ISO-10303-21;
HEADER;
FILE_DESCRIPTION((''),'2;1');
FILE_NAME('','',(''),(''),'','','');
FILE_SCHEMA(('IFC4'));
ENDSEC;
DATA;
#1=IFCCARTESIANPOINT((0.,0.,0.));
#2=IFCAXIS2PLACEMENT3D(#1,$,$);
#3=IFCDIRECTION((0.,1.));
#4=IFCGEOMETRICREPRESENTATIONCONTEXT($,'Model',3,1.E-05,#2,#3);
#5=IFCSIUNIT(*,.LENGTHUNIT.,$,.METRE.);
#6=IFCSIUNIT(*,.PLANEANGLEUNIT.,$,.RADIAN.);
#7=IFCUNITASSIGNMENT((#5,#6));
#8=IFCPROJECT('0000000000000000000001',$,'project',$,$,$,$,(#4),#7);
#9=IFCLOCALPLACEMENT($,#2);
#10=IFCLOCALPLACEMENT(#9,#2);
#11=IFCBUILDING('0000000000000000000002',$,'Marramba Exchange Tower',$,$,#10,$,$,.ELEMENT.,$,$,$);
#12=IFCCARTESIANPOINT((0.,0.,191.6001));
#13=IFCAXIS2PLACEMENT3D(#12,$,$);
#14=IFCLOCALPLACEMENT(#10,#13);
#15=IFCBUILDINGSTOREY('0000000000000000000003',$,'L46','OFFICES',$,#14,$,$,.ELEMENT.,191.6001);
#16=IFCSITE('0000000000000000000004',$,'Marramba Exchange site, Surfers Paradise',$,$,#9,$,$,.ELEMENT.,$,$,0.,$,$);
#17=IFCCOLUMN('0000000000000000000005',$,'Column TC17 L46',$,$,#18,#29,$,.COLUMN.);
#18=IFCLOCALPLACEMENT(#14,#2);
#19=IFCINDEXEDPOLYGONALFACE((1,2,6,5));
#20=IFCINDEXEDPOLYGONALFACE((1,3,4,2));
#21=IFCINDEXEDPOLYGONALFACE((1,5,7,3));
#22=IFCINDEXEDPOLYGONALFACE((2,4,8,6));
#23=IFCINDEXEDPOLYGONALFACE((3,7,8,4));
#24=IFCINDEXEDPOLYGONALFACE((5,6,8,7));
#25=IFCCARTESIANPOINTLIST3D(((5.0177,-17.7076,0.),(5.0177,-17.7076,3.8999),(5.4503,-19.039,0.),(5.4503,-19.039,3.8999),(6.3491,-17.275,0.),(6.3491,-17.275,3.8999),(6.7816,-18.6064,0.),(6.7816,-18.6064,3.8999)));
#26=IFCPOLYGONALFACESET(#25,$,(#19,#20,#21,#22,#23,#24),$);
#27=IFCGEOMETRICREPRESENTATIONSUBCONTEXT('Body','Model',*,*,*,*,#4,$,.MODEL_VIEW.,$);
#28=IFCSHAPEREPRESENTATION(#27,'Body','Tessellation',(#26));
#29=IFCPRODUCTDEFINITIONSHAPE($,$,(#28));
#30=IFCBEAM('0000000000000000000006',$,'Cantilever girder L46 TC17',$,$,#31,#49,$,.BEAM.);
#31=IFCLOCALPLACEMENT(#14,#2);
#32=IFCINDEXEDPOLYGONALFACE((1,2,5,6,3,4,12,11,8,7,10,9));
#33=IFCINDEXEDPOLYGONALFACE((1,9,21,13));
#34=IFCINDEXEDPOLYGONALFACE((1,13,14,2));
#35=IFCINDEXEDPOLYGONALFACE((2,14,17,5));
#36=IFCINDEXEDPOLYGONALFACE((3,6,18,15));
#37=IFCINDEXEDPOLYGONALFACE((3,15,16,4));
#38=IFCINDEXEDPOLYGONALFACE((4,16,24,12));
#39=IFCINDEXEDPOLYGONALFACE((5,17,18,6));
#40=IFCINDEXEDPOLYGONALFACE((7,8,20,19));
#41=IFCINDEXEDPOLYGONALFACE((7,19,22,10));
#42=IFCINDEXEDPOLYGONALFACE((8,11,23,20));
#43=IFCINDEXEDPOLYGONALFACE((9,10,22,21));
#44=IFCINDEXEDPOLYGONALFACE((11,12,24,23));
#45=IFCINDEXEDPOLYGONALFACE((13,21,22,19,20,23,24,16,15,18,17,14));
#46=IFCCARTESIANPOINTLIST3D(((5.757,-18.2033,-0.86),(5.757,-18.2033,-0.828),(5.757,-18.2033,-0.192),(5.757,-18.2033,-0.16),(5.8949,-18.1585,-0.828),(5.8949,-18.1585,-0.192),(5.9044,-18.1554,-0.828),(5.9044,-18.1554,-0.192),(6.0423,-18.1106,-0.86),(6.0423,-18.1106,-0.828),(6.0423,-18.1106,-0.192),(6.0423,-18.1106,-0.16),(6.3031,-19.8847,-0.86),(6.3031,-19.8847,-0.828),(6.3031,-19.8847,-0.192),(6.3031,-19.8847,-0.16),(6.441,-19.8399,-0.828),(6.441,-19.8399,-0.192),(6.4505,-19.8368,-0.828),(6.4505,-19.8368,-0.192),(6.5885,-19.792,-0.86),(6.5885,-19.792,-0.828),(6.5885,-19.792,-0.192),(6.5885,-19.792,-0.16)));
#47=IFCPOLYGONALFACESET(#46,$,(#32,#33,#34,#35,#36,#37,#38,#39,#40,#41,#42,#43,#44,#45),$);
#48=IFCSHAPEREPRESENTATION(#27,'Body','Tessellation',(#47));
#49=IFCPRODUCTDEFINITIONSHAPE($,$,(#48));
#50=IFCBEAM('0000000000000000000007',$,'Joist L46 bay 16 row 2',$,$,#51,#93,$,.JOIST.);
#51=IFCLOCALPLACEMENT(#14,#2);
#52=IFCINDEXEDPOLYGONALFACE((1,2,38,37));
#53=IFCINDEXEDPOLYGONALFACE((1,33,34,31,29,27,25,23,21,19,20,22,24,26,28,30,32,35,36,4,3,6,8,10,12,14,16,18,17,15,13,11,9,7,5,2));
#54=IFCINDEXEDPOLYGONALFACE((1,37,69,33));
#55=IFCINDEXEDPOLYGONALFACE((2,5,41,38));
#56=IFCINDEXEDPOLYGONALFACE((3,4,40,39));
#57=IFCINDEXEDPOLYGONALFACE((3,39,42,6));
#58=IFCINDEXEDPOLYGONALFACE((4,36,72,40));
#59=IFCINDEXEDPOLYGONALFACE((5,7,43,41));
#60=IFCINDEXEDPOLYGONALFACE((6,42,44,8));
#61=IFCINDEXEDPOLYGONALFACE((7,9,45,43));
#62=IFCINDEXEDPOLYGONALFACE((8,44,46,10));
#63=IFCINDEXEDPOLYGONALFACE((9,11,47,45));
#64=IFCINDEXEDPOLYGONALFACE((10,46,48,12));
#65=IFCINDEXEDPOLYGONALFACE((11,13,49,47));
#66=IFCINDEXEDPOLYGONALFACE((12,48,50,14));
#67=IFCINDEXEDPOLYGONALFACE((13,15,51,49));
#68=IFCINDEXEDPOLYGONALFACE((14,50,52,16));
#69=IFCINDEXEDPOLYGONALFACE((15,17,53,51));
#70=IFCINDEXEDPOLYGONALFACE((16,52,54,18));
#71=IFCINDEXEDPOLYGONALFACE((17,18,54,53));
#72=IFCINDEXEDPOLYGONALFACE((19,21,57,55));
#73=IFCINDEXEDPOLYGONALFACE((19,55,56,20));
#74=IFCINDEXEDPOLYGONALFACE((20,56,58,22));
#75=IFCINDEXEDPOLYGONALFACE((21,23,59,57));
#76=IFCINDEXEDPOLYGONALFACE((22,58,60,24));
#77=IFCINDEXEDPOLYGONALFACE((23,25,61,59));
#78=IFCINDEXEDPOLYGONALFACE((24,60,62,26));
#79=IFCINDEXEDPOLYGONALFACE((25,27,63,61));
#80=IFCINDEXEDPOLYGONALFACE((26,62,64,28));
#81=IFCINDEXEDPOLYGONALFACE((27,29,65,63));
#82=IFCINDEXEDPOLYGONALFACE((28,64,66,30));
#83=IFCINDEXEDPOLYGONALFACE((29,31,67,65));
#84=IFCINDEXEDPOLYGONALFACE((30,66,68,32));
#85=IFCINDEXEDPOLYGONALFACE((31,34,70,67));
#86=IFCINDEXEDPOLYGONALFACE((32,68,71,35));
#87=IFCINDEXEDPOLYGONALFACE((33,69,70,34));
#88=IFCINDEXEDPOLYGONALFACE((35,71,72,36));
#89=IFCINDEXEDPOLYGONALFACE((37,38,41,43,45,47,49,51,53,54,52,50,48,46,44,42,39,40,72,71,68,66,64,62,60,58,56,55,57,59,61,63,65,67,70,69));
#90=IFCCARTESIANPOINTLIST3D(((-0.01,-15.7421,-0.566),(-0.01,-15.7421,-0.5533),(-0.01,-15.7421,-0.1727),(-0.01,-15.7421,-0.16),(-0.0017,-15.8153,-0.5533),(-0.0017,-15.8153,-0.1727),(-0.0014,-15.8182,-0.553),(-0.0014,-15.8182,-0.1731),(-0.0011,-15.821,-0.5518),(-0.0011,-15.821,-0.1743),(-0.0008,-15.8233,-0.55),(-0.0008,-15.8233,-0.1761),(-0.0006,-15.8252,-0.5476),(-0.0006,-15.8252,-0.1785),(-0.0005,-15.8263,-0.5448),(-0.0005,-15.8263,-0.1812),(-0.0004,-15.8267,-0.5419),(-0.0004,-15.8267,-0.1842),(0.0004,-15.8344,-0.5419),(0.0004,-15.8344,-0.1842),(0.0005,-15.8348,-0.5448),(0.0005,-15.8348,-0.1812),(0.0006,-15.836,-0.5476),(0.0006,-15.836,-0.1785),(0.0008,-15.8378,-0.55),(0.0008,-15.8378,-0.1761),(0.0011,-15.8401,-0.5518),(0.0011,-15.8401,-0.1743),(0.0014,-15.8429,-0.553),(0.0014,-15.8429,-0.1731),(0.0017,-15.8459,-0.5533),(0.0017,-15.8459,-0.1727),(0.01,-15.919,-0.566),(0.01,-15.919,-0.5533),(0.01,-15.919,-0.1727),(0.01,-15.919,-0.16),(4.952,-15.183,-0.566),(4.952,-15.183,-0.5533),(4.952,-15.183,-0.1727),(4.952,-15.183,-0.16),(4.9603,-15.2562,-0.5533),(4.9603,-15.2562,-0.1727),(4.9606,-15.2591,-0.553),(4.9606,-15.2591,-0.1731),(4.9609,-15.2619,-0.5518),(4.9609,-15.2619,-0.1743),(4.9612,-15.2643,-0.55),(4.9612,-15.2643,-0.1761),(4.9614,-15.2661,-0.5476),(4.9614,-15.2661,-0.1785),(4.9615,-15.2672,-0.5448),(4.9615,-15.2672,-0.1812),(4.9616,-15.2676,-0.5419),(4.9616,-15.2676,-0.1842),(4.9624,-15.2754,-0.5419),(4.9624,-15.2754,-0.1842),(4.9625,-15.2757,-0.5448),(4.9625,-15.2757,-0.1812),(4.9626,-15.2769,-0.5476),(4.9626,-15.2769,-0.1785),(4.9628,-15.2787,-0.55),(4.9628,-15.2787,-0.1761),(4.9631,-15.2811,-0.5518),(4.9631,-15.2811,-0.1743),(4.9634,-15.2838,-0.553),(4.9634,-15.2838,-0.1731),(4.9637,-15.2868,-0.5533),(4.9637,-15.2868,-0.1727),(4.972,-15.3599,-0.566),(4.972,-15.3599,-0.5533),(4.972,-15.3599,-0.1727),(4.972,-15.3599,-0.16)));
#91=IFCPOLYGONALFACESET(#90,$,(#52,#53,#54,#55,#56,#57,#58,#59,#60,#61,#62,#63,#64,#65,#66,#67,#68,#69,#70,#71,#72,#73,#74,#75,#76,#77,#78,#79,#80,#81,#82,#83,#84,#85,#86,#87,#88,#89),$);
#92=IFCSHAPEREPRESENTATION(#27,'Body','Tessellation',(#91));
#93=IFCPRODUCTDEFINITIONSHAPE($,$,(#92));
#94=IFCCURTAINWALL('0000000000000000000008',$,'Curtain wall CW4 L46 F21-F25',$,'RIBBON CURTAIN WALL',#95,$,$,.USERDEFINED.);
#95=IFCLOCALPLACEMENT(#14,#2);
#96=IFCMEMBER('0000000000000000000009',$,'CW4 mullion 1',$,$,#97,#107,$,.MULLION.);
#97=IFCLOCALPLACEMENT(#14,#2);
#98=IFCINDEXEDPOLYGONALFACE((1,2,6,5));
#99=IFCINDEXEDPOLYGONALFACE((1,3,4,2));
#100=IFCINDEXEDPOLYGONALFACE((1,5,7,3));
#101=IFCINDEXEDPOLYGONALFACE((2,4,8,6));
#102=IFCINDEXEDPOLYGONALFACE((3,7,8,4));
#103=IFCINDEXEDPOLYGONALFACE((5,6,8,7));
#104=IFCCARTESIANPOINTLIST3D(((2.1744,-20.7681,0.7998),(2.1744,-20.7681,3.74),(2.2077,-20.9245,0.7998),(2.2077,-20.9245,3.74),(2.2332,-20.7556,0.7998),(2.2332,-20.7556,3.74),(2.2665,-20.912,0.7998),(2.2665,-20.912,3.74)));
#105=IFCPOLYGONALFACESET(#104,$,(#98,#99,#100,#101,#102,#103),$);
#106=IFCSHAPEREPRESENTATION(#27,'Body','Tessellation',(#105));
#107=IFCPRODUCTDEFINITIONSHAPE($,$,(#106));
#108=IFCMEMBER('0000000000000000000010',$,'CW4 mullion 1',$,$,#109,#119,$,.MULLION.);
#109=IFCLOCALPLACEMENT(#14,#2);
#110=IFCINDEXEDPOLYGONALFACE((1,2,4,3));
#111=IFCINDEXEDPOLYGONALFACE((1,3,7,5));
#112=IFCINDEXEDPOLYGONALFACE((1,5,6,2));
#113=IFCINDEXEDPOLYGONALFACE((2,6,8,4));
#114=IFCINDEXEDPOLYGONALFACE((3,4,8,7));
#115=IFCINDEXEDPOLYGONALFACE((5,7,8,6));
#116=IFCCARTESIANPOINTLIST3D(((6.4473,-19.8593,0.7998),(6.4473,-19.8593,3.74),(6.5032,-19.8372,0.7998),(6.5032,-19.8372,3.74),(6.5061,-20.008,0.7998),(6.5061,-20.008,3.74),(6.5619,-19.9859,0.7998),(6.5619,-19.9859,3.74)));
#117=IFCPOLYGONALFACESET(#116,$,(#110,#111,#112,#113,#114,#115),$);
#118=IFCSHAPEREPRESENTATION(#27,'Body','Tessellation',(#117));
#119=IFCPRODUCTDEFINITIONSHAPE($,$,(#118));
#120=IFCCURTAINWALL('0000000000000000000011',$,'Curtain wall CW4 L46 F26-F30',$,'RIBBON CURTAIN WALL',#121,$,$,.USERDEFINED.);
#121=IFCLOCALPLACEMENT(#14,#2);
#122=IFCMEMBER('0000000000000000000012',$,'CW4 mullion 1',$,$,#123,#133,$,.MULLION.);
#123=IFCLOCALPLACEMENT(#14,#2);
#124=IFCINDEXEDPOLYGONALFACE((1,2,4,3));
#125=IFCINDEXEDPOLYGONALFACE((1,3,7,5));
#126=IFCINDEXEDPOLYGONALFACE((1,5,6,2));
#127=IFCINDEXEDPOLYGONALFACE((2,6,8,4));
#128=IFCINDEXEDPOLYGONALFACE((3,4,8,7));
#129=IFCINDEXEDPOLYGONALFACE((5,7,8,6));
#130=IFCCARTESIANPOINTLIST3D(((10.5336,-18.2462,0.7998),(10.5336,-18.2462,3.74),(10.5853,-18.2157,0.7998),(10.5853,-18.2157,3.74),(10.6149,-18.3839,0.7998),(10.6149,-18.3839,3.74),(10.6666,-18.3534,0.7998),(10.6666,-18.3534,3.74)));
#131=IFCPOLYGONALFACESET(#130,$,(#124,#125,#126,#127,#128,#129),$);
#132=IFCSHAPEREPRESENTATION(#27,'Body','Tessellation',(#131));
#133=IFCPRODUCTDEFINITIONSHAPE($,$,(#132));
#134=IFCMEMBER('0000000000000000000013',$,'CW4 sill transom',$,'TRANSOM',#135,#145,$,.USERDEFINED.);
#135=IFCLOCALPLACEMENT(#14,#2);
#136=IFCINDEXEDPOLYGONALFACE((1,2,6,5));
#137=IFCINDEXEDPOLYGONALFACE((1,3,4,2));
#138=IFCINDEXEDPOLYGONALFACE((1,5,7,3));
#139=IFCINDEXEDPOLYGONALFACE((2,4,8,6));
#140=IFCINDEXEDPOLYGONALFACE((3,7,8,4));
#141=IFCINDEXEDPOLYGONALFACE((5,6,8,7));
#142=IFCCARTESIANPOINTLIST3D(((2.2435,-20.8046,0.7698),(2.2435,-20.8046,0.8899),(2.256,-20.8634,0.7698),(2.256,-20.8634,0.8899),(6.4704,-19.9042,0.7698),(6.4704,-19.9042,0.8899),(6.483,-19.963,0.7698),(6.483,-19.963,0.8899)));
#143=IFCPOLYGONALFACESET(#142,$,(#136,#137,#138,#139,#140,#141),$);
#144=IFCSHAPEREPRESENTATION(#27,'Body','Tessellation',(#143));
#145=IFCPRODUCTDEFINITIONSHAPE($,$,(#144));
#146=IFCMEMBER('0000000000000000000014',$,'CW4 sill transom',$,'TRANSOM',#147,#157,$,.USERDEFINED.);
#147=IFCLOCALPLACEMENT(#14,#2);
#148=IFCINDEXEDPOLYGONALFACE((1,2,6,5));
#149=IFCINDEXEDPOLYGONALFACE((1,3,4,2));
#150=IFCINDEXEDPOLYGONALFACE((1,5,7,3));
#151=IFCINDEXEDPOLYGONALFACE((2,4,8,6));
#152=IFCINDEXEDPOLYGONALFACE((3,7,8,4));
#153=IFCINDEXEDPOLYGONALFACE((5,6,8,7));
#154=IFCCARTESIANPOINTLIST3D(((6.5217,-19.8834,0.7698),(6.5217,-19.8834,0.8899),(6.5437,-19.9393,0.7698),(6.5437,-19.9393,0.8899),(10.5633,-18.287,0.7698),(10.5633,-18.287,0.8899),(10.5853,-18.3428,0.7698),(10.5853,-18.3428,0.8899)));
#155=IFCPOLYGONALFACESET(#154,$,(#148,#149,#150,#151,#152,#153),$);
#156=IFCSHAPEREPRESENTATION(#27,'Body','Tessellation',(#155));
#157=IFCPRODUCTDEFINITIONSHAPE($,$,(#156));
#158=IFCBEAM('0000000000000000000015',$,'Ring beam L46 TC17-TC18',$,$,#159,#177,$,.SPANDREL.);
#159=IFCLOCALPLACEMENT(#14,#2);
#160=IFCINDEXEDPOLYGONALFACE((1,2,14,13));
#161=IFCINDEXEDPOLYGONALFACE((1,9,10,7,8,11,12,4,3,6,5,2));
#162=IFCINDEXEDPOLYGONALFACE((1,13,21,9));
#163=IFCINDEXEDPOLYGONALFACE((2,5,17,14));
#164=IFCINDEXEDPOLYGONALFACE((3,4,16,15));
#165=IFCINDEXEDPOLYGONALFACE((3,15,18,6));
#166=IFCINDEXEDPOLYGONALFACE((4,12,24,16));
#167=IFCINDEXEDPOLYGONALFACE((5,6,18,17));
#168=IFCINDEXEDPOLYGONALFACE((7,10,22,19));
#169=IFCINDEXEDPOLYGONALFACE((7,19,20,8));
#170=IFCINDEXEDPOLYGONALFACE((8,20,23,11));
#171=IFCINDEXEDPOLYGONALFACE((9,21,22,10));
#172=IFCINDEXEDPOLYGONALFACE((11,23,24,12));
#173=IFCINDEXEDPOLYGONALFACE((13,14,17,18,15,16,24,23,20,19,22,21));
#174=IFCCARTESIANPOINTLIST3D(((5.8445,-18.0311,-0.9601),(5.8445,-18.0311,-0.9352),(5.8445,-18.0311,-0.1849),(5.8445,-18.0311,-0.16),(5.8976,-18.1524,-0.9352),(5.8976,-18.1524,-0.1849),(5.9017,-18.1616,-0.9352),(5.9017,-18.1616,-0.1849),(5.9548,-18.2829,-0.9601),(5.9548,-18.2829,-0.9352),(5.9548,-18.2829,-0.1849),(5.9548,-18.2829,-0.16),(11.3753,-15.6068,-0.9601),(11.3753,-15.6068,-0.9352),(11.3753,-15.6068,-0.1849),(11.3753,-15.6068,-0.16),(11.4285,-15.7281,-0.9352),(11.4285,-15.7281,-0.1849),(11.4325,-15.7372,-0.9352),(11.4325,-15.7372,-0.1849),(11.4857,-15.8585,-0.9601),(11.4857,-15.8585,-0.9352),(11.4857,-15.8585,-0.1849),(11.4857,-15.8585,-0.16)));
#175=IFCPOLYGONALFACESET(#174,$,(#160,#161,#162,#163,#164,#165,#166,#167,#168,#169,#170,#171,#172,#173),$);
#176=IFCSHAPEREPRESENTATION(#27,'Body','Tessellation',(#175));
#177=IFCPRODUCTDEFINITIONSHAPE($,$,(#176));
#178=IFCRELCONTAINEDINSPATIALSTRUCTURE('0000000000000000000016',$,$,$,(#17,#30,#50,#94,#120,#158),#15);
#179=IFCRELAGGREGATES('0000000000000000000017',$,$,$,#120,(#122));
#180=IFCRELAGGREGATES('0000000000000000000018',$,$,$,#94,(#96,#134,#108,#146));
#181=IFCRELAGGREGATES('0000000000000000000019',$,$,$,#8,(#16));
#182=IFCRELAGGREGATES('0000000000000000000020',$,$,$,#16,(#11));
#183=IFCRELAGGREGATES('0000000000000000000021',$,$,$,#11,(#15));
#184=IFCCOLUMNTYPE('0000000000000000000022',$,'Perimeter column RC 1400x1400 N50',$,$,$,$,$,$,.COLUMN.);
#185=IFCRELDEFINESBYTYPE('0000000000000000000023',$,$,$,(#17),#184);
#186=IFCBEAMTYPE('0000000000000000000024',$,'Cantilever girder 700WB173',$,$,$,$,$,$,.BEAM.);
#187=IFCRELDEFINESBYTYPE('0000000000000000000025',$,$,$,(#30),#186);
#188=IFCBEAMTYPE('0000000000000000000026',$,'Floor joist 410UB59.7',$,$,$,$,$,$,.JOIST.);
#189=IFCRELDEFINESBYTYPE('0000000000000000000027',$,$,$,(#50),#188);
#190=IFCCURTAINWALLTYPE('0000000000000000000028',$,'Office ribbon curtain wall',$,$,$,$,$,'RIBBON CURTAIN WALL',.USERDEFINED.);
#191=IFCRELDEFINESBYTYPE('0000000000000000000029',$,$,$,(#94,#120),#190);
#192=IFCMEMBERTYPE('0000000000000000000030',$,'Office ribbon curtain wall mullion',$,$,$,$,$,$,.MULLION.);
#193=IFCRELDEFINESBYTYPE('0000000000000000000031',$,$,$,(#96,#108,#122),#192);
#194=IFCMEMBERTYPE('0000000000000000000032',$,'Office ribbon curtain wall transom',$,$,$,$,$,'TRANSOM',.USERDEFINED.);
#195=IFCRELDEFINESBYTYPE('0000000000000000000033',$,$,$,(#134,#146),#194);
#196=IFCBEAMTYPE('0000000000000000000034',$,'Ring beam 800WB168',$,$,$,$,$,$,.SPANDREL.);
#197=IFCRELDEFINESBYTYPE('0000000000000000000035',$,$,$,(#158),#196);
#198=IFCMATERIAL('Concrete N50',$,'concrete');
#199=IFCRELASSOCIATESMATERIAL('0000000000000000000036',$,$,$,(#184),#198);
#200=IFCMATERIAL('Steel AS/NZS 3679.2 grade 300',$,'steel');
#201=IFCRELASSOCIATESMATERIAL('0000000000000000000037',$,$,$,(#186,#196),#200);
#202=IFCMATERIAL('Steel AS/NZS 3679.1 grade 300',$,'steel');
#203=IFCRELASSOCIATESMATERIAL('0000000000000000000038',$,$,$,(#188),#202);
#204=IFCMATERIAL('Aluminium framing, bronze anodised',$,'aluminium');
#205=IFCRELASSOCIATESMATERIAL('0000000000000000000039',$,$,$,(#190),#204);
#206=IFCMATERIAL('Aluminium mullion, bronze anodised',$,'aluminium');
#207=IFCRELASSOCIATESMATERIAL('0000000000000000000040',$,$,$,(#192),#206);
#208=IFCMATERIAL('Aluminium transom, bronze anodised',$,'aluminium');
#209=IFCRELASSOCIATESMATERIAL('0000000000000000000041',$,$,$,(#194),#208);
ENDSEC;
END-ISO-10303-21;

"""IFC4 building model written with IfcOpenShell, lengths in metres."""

from ifc_helpers import new_model, si_unit, direction, frame, origin, origin_2d, place, context, subcontext, project, spatial, rectangle, i_section, extrude, material, material_profile, profile_set, type_object, element, aggregate, save


model = new_model("IFC4")

# Units and contexts
model_context = context("Model", 3, precision=1e-05, world=origin(), true_north=direction((0.0, 1.0)))
body_context = subcontext(model_context, "Body", "Model", "MODEL_VIEW")
ifc_project = project(units=[si_unit("LENGTHUNIT", "METRE"), si_unit("PLANEANGLEUNIT", "RADIAN")], contexts=[model_context])

# Site, building, storey
site_placement = place(None, origin())
site = spatial("IfcSite", under=ifc_project, at=site_placement, Name="Marramba Exchange site, Surfers Paradise", CompositionType="ELEMENT", RefElevation=0.0)
building_placement = place(site_placement, origin())
building = spatial("IfcBuilding", under=site, at=building_placement, Name="Marramba Exchange Tower", CompositionType="ELEMENT")
storey_placement = place(building_placement, frame((0.0, 0.0, 191.6001)))
storey = spatial("IfcBuildingStorey", under=building, at=storey_placement, Name="L46", Description="OFFICES", CompositionType="ELEMENT", Elevation=191.6001)

# Column
ifc_material_1 = material(Name="Concrete N50", Category="concrete")
ifc_material_profile_1 = material_profile(ifc_material_1, rectangle(XDim=1.3999, YDim=1.3999, at=origin_2d()), Name="RC 1400x1400")
ifc_profile_set_1 = profile_set([ifc_material_profile_1], Name="Concrete N50")
column_type = type_object("IfcColumnType", Name="Perimeter column RC 1400x1400 N50", PredefinedType="COLUMN", material=ifc_profile_set_1)
column_placement = place(storey_placement, frame((5.8997, -18.157, 0.0), z_axis=(0.0, 0.0, 1.0), x_axis=(0.309017, -0.951057, 0.0)))
element("IfcColumn", 1, at=column_placement, inside=storey, type_object=column_type, Name="Column TC17 L46", PredefinedType="COLUMN", context=body_context, shape_type="SweptSolid", body=[
    extrude(rectangle(XDim=1.3999, YDim=1.3999, at=origin_2d()), origin(), (0.0, 0.0, 1.0), 3.8999),
])

# Beams
ifc_material_2 = material(Name="Steel AS/NZS 3679.2 grade 300", Category="steel")
ifc_material_profile_2 = material_profile(ifc_material_2, i_section(OverallWidth=0.3, OverallDepth=0.7, WebThickness=0.01, FlangeThickness=0.032, at=origin_2d()), Name="700WB173")
ifc_profile_set_2 = profile_set([ifc_material_profile_2], Name="Steel AS/NZS 3679.2 grade 300")
beam_type_1 = type_object("IfcBeamType", Name="Cantilever girder 700WB173", PredefinedType="BEAM", material=ifc_profile_set_2)
beam_1_placement = place(storey_placement, frame((5.8997, -18.157, -0.51), z_axis=(0.308927, -0.951086, 0.0), x_axis=(0.951086, 0.308927, 0.0)))
element("IfcBeam", 2, at=beam_1_placement, inside=storey, type_object=beam_type_1, Name="Cantilever girder L46 TC17", PredefinedType="BEAM", context=body_context, shape_type="SweptSolid", body=[
    extrude(i_section(OverallWidth=0.3, OverallDepth=0.7, WebThickness=0.01, FlangeThickness=0.032, at=origin_2d()), origin(), (0.0, 0.0, 1.0), 1.7678),
])
ifc_material_3 = material(Name="Steel AS/NZS 3679.1 grade 300", Category="steel")
ifc_material_profile_3 = material_profile(ifc_material_3, i_section(OverallWidth=0.178, OverallDepth=0.406, WebThickness=0.0078, FlangeThickness=0.0127, FilletRadius=0.0115, at=origin_2d()), Name="410UB59.7")
ifc_profile_set_3 = profile_set([ifc_material_profile_3], Name="Steel AS/NZS 3679.1 grade 300")
beam_type_2 = type_object("IfcBeamType", Name="Floor joist 410UB59.7", PredefinedType="JOIST", material=ifc_profile_set_3)
beam_2_placement = place(storey_placement, frame((0.0, -15.8306, -0.363), z_axis=(0.993712, 0.111966, 0.0), x_axis=(-0.111966, 0.993712, 0.0)))
element("IfcBeam", 3, at=beam_2_placement, inside=storey, type_object=beam_type_2, Name="Joist L46 bay 16 row 2", PredefinedType="JOIST", context=body_context, shape_type="SweptSolid", body=[
    extrude(i_section(OverallWidth=0.178, OverallDepth=0.406, WebThickness=0.0078, FlangeThickness=0.0127, FilletRadius=0.0115, at=origin_2d()), origin(), (0.0, 0.0, 1.0), 4.9934),
])

# Curtain wall, members
ifc_material_4 = material(Name="Aluminium framing, bronze anodised", Category="aluminium")
curtain_wall_type = type_object("IfcCurtainWallType", Name="Office ribbon curtain wall", ElementType="RIBBON CURTAIN WALL", PredefinedType="USERDEFINED", material=ifc_material_4)
curtain_wall_1_placement = place(storey_placement, origin())
curtain_wall_1 = element("IfcCurtainWall", 4, at=curtain_wall_1_placement, inside=storey, type_object=curtain_wall_type, Name="Curtain wall CW4 L46 F21-F25", ObjectType="RIBBON CURTAIN WALL", PredefinedType="USERDEFINED")
ifc_material_5 = material(Name="Aluminium mullion, bronze anodised", Category="aluminium")
ifc_material_profile_4 = material_profile(ifc_material_5, rectangle(XDim=0.1599, YDim=0.0601, at=origin_2d()), Name="CW4 mullion 60x160")
ifc_profile_set_4 = profile_set([ifc_material_profile_4], Name="Aluminium mullion, bronze anodised")
member_type_1 = type_object("IfcMemberType", Name="Office ribbon curtain wall mullion", PredefinedType="MULLION", material=ifc_profile_set_4)
member_1_placement = place(storey_placement, frame((2.2205, -20.8401, 0.7998), z_axis=(0.0, 0.0, 1.0), x_axis=(-0.208332, 0.978058, 0.0)))
member_1 = element("IfcMember", 5, at=member_1_placement, type_object=member_type_1, Name="CW4 mullion 1", PredefinedType="MULLION", context=body_context, shape_type="SweptSolid", body=[
    extrude(rectangle(XDim=0.1599, YDim=0.0601, at=origin_2d()), origin(), (0.0, 0.0, 1.0), 2.9402),
])
member_2_placement = place(storey_placement, frame((6.5046, -19.9226, 0.7998), z_axis=(0.0, 0.0, 1.0), x_axis=(-0.367375, 0.930073, 0.0)))
member_2 = element("IfcMember", 6, at=member_2_placement, type_object=member_type_1, Name="CW4 mullion 1", PredefinedType="MULLION", context=body_context, shape_type="SweptSolid", body=[
    extrude(rectangle(XDim=0.1599, YDim=0.0601, at=origin_2d()), origin(), (0.0, 0.0, 1.0), 2.9402),
])

# Curtain wall, member
curtain_wall_2_placement = place(storey_placement, origin())
curtain_wall_2 = element("IfcCurtainWall", 7, at=curtain_wall_2_placement, inside=storey, type_object=curtain_wall_type, Name="Curtain wall CW4 L46 F26-F30", ObjectType="RIBBON CURTAIN WALL", PredefinedType="USERDEFINED")
member_3_placement = place(storey_placement, frame((10.6001, -18.2998, 0.7998), z_axis=(0.0, 0.0, 1.0), x_axis=(-0.508011, 0.861351, 0.0)))
member_3 = element("IfcMember", 8, at=member_3_placement, type_object=member_type_1, Name="CW4 mullion 1", PredefinedType="MULLION", context=body_context, shape_type="SweptSolid", body=[
    extrude(rectangle(XDim=0.1599, YDim=0.0601, at=origin_2d()), origin(), (0.0, 0.0, 1.0), 2.9402),
])
aggregate(curtain_wall_2, [member_3])

# Members
ifc_material_6 = material(Name="Aluminium transom, bronze anodised", Category="aluminium")
ifc_material_profile_5 = material_profile(ifc_material_6, rectangle(XDim=0.0601, YDim=0.1201, at=origin_2d()), Name="CW4 transom 60x120")
ifc_profile_set_5 = profile_set([ifc_material_profile_5], Name="Aluminium transom, bronze anodised")
member_type_2 = type_object("IfcMemberType", Name="Office ribbon curtain wall transom", ElementType="TRANSOM", PredefinedType="USERDEFINED", material=ifc_profile_set_5)
member_4_placement = place(storey_placement, frame((2.2498, -20.834, 0.8298), z_axis=(0.978058, 0.208333, 0.0), x_axis=(-0.208333, 0.978058, 0.0)))
member_4 = element("IfcMember", 9, at=member_4_placement, type_object=member_type_2, Name="CW4 sill transom", ObjectType="TRANSOM", PredefinedType="USERDEFINED", context=body_context, shape_type="SweptSolid", body=[
    extrude(rectangle(XDim=0.0601, YDim=0.1201, at=origin_2d()), origin(), (0.0, 0.0, 1.0), 4.3218),
])
member_5_placement = place(storey_placement, frame((6.5327, -19.9114, 0.8298), z_axis=(0.930068, 0.367387, 0.0), x_axis=(-0.367387, 0.930068, 0.0)))
member_5 = element("IfcMember", 10, at=member_5_placement, type_object=member_type_2, Name="CW4 sill transom", ObjectType="TRANSOM", PredefinedType="USERDEFINED", context=body_context, shape_type="SweptSolid", body=[
    extrude(rectangle(XDim=0.0601, YDim=0.1201, at=origin_2d()), origin(), (0.0, 0.0, 1.0), 4.3455),
])

# Beam
ifc_material_profile_6 = material_profile(ifc_material_2, i_section(OverallWidth=0.2749, OverallDepth=0.8, WebThickness=0.01, FlangeThickness=0.0249, at=origin_2d()), Name="800WB168")
ifc_profile_set_6 = profile_set([ifc_material_profile_6], Name="Steel AS/NZS 3679.2 grade 300")
beam_type_3 = type_object("IfcBeamType", Name="Ring beam 800WB168", PredefinedType="SPANDREL", material=ifc_profile_set_6)
beam_3_placement = place(storey_placement, frame((5.8997, -18.157, -0.5601), z_axis=(0.915877, 0.401459, 0.0), x_axis=(-0.401459, 0.915877, 0.0)))
element("IfcBeam", 11, at=beam_3_placement, inside=storey, type_object=beam_type_3, Name="Ring beam L46 TC17-TC18", PredefinedType="SPANDREL", context=body_context, shape_type="SweptSolid", body=[
    extrude(i_section(OverallWidth=0.2749, OverallDepth=0.8, WebThickness=0.01, FlangeThickness=0.0249, at=origin_2d()), origin(), (0.0, 0.0, 1.0), 6.0388),
])

aggregate(curtain_wall_1, [member_1, member_4, member_2, member_5])

save(model, "model.ifc")
